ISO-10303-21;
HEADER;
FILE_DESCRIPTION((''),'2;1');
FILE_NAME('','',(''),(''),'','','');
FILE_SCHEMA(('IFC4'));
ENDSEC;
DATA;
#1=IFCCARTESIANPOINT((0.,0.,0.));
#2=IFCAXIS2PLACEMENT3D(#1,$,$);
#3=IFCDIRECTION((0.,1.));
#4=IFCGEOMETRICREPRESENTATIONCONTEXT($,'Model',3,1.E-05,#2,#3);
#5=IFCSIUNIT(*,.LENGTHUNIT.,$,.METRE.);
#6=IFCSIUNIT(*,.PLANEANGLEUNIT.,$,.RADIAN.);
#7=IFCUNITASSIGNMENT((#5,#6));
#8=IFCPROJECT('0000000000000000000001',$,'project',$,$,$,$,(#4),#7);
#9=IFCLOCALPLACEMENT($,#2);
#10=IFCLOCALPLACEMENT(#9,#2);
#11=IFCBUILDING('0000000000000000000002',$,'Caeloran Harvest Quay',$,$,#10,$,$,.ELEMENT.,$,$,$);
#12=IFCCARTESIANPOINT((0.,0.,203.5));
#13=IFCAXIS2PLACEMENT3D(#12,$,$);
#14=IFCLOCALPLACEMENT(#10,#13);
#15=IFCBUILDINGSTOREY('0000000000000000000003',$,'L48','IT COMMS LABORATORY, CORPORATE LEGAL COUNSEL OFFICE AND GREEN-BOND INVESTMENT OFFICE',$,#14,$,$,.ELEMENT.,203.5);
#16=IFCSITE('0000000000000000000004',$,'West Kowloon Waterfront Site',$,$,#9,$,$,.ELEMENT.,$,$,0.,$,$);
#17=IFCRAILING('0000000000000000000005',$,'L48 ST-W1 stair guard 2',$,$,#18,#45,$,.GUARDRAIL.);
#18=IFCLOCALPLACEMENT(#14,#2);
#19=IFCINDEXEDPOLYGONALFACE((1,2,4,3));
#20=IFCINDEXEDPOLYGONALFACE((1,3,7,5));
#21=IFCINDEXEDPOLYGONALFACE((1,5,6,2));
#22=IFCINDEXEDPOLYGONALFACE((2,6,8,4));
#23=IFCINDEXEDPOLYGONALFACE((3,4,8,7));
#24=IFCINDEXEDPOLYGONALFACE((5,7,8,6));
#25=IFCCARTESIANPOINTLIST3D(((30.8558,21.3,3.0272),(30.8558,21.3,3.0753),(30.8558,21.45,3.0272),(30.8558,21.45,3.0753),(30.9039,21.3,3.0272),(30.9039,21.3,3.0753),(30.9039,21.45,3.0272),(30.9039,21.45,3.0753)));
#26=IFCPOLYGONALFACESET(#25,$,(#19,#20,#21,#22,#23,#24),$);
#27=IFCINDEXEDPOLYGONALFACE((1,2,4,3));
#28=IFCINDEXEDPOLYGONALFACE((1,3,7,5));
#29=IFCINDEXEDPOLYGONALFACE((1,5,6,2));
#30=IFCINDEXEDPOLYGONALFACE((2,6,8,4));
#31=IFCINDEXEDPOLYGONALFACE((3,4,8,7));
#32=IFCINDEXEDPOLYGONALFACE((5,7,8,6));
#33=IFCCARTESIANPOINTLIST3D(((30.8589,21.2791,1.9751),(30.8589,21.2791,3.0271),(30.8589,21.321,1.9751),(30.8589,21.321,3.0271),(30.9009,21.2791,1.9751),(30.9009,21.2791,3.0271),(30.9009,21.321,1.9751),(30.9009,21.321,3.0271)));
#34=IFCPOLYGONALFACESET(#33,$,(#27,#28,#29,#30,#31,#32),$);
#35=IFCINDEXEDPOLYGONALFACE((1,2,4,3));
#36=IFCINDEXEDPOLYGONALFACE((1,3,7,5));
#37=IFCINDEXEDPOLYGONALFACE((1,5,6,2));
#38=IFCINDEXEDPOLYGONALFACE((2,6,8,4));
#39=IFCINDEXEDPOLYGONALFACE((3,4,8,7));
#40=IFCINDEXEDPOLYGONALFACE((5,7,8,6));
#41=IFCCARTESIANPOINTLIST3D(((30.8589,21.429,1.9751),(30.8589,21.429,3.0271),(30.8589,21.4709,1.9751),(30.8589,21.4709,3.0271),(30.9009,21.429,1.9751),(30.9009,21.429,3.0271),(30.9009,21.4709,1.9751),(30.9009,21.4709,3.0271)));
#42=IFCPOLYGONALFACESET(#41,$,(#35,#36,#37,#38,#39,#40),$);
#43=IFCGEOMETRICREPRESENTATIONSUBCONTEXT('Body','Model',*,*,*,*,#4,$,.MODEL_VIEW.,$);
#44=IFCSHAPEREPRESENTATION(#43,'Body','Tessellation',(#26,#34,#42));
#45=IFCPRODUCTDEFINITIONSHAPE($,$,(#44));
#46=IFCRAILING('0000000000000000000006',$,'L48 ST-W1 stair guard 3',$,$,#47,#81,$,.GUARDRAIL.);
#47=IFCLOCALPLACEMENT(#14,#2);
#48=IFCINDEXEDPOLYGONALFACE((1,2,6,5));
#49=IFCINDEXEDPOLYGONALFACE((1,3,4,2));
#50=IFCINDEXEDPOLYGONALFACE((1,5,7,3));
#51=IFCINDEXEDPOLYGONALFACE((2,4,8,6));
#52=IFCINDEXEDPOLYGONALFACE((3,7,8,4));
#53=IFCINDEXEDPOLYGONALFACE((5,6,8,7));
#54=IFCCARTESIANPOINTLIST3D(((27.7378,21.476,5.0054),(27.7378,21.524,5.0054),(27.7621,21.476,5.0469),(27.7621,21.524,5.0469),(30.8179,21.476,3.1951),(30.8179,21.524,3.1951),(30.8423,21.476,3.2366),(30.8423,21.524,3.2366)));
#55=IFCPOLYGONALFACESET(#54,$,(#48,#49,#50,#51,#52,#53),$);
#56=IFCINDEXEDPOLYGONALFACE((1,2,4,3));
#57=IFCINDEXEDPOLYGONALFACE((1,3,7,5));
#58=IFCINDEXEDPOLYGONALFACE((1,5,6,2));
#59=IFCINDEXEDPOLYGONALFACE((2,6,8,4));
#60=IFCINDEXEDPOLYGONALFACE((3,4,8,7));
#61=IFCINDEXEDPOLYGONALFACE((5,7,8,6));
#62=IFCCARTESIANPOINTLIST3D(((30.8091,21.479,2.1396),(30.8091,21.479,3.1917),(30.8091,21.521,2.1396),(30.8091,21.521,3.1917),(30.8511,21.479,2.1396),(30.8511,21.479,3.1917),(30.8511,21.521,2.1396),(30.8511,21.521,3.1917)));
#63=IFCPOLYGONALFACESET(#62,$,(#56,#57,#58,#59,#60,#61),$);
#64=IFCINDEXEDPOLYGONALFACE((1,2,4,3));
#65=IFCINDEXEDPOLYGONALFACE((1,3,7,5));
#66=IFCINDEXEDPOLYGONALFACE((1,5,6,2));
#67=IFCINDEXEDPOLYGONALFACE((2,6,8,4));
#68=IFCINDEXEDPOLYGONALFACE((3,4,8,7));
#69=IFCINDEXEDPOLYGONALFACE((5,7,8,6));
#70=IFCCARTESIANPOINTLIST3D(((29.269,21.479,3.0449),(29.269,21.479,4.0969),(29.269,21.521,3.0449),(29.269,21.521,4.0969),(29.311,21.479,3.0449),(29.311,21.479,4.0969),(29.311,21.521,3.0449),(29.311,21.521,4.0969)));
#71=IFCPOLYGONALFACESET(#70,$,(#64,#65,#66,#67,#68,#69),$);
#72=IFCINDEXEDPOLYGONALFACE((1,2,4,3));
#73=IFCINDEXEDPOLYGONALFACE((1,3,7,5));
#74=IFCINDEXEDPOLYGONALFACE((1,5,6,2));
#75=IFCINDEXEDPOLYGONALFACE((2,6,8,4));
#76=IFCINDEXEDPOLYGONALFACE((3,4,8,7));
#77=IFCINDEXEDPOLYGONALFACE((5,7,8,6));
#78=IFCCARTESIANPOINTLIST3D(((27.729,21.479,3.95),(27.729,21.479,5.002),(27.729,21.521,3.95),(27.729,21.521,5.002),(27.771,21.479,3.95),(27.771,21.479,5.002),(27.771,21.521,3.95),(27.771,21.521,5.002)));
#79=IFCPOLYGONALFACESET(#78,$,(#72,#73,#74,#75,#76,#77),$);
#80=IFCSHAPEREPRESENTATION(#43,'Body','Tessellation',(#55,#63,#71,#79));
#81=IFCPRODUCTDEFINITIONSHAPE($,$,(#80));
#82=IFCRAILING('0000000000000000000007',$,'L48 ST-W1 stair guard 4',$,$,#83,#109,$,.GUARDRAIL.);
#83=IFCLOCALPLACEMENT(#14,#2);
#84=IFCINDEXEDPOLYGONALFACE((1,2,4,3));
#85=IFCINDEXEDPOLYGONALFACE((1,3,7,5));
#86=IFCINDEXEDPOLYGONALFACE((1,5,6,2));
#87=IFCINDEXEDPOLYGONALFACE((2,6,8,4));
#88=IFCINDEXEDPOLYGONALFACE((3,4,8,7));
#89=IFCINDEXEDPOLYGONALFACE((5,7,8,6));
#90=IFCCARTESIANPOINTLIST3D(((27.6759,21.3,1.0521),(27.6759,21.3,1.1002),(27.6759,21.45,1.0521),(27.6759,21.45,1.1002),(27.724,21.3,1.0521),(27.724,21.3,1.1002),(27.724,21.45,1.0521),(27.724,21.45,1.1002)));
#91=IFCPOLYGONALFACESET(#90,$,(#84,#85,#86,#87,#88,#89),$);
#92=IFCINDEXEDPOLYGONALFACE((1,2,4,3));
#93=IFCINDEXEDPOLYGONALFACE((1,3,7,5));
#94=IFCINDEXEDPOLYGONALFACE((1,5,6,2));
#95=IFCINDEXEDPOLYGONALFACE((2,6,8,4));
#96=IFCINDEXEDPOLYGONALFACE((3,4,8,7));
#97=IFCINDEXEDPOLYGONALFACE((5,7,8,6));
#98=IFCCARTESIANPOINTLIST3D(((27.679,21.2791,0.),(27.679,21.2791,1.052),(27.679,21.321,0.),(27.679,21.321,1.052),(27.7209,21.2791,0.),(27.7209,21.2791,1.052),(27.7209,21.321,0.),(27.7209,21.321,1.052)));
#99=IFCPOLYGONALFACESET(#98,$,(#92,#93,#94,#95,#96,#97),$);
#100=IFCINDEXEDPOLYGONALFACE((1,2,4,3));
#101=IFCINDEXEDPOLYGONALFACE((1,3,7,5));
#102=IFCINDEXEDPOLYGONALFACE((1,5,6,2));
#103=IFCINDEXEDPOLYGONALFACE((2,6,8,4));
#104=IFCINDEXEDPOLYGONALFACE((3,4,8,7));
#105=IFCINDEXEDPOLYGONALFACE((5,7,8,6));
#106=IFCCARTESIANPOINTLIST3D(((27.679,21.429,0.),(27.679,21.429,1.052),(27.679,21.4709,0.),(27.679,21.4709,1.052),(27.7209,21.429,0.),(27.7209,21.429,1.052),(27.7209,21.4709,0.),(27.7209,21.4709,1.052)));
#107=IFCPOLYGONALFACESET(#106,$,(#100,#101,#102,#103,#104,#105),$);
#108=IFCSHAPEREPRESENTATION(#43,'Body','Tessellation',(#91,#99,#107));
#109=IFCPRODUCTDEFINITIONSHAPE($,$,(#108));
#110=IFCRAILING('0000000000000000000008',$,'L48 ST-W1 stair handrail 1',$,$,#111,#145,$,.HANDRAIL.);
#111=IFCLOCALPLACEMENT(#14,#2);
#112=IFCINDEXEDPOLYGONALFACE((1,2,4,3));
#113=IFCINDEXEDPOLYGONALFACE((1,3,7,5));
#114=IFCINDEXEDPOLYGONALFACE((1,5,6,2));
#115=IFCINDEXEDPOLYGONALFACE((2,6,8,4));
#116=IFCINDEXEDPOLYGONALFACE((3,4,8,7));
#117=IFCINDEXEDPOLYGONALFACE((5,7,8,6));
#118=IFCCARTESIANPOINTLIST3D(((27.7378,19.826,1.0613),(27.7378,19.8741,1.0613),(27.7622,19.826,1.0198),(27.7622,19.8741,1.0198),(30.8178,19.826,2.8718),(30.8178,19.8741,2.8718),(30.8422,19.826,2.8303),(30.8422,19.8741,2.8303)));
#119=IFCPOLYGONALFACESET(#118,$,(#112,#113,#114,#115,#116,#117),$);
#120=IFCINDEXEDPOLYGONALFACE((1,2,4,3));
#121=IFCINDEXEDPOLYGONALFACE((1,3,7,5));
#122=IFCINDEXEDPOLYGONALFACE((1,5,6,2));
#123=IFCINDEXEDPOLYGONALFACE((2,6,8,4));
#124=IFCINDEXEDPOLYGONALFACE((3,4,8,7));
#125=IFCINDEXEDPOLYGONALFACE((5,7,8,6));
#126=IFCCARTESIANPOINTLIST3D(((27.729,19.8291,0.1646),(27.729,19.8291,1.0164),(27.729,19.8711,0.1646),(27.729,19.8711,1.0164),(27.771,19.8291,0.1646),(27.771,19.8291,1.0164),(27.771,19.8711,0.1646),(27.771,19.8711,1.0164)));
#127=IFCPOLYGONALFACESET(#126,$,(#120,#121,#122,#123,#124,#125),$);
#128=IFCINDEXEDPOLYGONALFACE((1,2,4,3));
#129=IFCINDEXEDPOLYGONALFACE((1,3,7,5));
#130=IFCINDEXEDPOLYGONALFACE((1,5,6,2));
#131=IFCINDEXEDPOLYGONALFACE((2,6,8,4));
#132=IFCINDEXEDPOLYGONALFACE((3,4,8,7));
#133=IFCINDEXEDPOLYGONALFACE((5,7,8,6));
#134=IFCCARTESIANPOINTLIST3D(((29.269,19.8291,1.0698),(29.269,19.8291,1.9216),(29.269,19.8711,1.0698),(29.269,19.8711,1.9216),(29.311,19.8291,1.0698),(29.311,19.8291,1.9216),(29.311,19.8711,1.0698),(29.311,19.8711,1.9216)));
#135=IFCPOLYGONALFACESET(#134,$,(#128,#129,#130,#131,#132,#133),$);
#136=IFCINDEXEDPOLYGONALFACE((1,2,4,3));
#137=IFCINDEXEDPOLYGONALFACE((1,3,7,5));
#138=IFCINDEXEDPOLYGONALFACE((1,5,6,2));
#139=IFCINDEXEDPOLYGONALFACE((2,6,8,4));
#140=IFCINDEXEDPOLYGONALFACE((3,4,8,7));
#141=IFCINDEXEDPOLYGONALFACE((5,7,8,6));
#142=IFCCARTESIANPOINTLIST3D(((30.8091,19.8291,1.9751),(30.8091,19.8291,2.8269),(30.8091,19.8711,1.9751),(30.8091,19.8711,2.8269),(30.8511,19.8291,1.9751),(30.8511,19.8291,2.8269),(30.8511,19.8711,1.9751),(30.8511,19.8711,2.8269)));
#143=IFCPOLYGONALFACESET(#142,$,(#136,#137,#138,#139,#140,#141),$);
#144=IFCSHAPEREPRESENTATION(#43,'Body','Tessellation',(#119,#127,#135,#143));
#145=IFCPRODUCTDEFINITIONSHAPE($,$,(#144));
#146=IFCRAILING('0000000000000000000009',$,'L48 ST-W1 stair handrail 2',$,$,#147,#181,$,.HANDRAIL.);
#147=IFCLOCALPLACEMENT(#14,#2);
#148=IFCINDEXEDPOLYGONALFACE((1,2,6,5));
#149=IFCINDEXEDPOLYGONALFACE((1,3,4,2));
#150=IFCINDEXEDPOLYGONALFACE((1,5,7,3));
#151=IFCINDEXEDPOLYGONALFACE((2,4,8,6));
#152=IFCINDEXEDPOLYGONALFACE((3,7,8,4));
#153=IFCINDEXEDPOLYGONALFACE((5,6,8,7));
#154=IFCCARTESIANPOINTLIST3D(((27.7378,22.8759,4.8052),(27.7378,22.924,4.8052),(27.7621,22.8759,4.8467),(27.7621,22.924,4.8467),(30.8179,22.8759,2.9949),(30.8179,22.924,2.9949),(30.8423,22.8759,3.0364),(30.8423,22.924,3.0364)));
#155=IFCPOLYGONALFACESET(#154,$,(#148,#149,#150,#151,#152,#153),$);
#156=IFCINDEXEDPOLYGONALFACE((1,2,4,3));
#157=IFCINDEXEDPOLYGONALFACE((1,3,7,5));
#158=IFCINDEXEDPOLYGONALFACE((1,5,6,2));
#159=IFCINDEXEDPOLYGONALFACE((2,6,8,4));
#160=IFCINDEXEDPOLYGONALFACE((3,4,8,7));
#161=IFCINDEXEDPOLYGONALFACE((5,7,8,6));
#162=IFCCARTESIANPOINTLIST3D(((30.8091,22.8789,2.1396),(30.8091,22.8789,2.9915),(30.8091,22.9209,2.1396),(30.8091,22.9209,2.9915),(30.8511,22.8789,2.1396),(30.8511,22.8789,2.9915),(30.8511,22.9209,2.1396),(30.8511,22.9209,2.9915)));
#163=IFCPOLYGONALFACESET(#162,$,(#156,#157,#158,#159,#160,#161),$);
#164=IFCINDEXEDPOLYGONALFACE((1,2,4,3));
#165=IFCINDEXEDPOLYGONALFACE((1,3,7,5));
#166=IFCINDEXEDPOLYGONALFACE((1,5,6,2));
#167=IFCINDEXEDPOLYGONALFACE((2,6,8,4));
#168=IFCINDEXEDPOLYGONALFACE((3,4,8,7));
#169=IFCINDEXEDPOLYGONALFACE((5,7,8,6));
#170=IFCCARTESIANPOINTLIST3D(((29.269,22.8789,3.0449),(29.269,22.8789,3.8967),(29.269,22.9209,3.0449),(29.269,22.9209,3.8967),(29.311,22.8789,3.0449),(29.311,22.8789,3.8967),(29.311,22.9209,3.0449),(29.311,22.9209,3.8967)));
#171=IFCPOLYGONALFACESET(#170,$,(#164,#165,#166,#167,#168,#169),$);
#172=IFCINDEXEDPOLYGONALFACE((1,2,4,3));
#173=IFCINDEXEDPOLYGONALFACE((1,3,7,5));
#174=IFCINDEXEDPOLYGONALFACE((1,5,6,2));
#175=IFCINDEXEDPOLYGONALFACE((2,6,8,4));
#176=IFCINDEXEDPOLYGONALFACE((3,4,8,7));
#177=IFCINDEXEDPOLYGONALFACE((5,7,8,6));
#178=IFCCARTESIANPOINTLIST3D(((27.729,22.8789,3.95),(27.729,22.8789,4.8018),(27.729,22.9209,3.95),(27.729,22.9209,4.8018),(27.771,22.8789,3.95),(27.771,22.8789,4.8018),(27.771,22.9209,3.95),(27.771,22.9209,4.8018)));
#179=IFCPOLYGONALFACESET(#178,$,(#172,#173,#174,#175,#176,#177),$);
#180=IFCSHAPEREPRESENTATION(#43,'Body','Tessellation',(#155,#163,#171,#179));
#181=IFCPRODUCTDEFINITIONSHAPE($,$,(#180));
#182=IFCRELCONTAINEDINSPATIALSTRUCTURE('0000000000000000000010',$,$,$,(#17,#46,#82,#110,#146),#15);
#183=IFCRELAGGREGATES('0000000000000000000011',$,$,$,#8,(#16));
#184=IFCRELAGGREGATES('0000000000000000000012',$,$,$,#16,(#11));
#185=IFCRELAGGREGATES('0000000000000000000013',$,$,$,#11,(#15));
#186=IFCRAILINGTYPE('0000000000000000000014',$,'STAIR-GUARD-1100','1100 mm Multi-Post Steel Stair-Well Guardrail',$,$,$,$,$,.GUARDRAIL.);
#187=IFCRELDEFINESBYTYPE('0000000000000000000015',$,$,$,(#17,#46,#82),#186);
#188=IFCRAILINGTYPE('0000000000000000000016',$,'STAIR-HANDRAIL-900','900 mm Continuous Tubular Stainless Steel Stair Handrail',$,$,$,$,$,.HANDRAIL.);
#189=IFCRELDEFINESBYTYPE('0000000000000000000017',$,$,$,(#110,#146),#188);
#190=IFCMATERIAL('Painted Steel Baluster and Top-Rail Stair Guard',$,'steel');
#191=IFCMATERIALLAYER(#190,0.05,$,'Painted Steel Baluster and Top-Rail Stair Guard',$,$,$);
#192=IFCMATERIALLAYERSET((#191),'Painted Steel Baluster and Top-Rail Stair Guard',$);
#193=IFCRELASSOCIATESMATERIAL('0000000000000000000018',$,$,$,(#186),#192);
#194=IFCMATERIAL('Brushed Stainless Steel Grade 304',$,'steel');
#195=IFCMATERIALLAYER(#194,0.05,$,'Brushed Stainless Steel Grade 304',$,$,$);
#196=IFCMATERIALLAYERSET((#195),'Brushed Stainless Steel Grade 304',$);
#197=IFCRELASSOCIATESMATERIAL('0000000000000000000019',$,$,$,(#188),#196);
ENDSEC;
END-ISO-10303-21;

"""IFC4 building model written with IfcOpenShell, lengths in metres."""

from ifc_helpers import new_model, si_unit, direction, frame, origin, origin_2d, place, context, subcontext, project, spatial, rectangle, extrude, material, layer, layer_set, type_object, element, save


model = new_model("IFC4")

# Units and contexts
model_context = context("Model", 3, precision=1e-05, world=origin(), true_north=direction((0.0, 1.0)))
body_context = subcontext(model_context, "Body", "Model", "MODEL_VIEW")
ifc_project = project(units=[si_unit("LENGTHUNIT", "METRE"), si_unit("PLANEANGLEUNIT", "RADIAN")], contexts=[model_context])

# Site, building, storey
site_placement = place(None, origin())
site = spatial("IfcSite", under=ifc_project, at=site_placement, Name="West Kowloon Waterfront Site", CompositionType="ELEMENT", RefElevation=0.0)
building_placement = place(site_placement, origin())
building = spatial("IfcBuilding", under=site, at=building_placement, Name="Caeloran Harvest Quay", CompositionType="ELEMENT")
storey_placement = place(building_placement, frame((0.0, 0.0, 203.5)))
storey = spatial("IfcBuildingStorey", under=building, at=storey_placement, Name="L48", Description="IT COMMS LABORATORY, CORPORATE LEGAL COUNSEL OFFICE AND GREEN-BOND INVESTMENT OFFICE", CompositionType="ELEMENT", Elevation=203.5)

# Railings
ifc_material_1 = material(Name="Painted Steel Baluster and Top-Rail Stair Guard", Category="steel")
ifc_layer_1 = layer(ifc_material_1, 0.05, Name="Painted Steel Baluster and Top-Rail Stair Guard")
ifc_layer_set_1 = layer_set([ifc_layer_1], Name="Painted Steel Baluster and Top-Rail Stair Guard")
railing_type_1 = type_object("IfcRailingType", Name="STAIR-GUARD-1100", Description="1100 mm Multi-Post Steel Stair-Well Guardrail", PredefinedType="GUARDRAIL", material=ifc_layer_set_1)
railing_1_placement = place(storey_placement, frame((30.8799, 21.3, 1.9751)))
element("IfcRailing", 1, at=railing_1_placement, inside=storey, type_object=railing_type_1, Name="L48 ST-W1 stair guard 2", PredefinedType="GUARDRAIL", context=body_context, shape_type="SweptSolid", body=[
    extrude(rectangle(XDim=0.0481, YDim=0.0481, at=origin_2d()), frame((0.0, 0.0, 1.0762), z_axis=(0.0, 1.0, 0.0), x_axis=(-1.0, 0.0, 0.0)), (0.0, 0.0, 1.0), 0.1499),
    extrude(rectangle(XDim=0.042, YDim=0.042, at=origin_2d()), origin(), (0.0, 0.0, 1.0), 1.052),
    extrude(rectangle(XDim=0.042, YDim=0.042, at=origin_2d()), frame((0.0, 0.1499, 0.0)), (0.0, 0.0, 1.0), 1.052),
])
railing_2_placement = place(storey_placement, frame((30.8301, 21.5, 2.1396)))
element("IfcRailing", 2, at=railing_2_placement, inside=storey, type_object=railing_type_1, Name="L48 ST-W1 stair guard 3", PredefinedType="GUARDRAIL", context=body_context, shape_type="SweptSolid", body=[
    extrude(rectangle(XDim=0.0481, YDim=0.0481, at=origin_2d()), frame((0.0, 0.0, 1.0762), z_axis=(-0.862119, 0.0, 0.506707), x_axis=(0.0, -1.0, 0.0)), (0.0, 0.0, 1.0), 3.5728),
    extrude(rectangle(XDim=0.042, YDim=0.042, at=origin_2d()), origin(), (0.0, 0.0, 1.0), 1.052),
    extrude(rectangle(XDim=0.042, YDim=0.042, at=origin_2d()), frame((-1.54, 0.0, 0.9053)), (0.0, 0.0, 1.0), 1.052),
    extrude(rectangle(XDim=0.042, YDim=0.042, at=origin_2d()), frame((-3.0801, 0.0, 1.8103)), (0.0, 0.0, 1.0), 1.052),
])
railing_3_placement = place(storey_placement, frame((27.7, 21.3, 0.0)))
element("IfcRailing", 3, at=railing_3_placement, inside=storey, type_object=railing_type_1, Name="L48 ST-W1 stair guard 4", PredefinedType="GUARDRAIL", context=body_context, shape_type="SweptSolid", body=[
    extrude(rectangle(XDim=0.0481, YDim=0.0481, at=origin_2d()), frame((0.0, 0.0, 1.0762), z_axis=(0.0, 1.0, 0.0), x_axis=(-1.0, 0.0, 0.0)), (0.0, 0.0, 1.0), 0.1499),
    extrude(rectangle(XDim=0.042, YDim=0.042, at=origin_2d()), origin(), (0.0, 0.0, 1.0), 1.052),
    extrude(rectangle(XDim=0.042, YDim=0.042, at=origin_2d()), frame((0.0, 0.1499, 0.0)), (0.0, 0.0, 1.0), 1.052),
])
ifc_material_2 = material(Name="Brushed Stainless Steel Grade 304", Category="steel")
ifc_layer_2 = layer(ifc_material_2, 0.05, Name="Brushed Stainless Steel Grade 304")
ifc_layer_set_2 = layer_set([ifc_layer_2], Name="Brushed Stainless Steel Grade 304")
railing_type_2 = type_object("IfcRailingType", Name="STAIR-HANDRAIL-900", Description="900 mm Continuous Tubular Stainless Steel Stair Handrail", PredefinedType="HANDRAIL", material=ifc_layer_set_2)
railing_4_placement = place(storey_placement, frame((27.75, 19.8501, 0.1646)))
element("IfcRailing", 4, at=railing_4_placement, inside=storey, type_object=railing_type_2, Name="L48 ST-W1 stair handrail 1", PredefinedType="HANDRAIL", context=body_context, shape_type="SweptSolid", body=[
    extrude(rectangle(XDim=0.0481, YDim=0.0481, at=origin_2d()), frame((0.0, 0.0, 0.876), z_axis=(0.862089, 0.0, 0.506757), x_axis=(0.0, 1.0, 0.0)), (0.0, 0.0, 1.0), 3.5728),
    extrude(rectangle(XDim=0.042, YDim=0.042, at=origin_2d()), origin(), (0.0, 0.0, 1.0), 0.8518),
    extrude(rectangle(XDim=0.042, YDim=0.042, at=origin_2d()), frame((1.54, 0.0, 0.9053)), (0.0, 0.0, 1.0), 0.8518),
    extrude(rectangle(XDim=0.042, YDim=0.042, at=origin_2d()), frame((3.0801, 0.0, 1.8105)), (0.0, 0.0, 1.0), 0.8518),
])
railing_5_placement = place(storey_placement, frame((30.8301, 22.8999, 2.1396)))
element("IfcRailing", 5, at=railing_5_placement, inside=storey, type_object=railing_type_2, Name="L48 ST-W1 stair handrail 2", PredefinedType="HANDRAIL", context=body_context, shape_type="SweptSolid", body=[
    extrude(rectangle(XDim=0.0481, YDim=0.0481, at=origin_2d()), frame((0.0, 0.0, 0.876), z_axis=(-0.862119, 0.0, 0.506707), x_axis=(0.0, -1.0, 0.0)), (0.0, 0.0, 1.0), 3.5728),
    extrude(rectangle(XDim=0.042, YDim=0.042, at=origin_2d()), origin(), (0.0, 0.0, 1.0), 0.8518),
    extrude(rectangle(XDim=0.042, YDim=0.042, at=origin_2d()), frame((-1.54, 0.0, 0.9053)), (0.0, 0.0, 1.0), 0.8518),
    extrude(rectangle(XDim=0.042, YDim=0.042, at=origin_2d()), frame((-3.0801, 0.0, 1.8103)), (0.0, 0.0, 1.0), 0.8518),
])

save(model, "model.ifc")
